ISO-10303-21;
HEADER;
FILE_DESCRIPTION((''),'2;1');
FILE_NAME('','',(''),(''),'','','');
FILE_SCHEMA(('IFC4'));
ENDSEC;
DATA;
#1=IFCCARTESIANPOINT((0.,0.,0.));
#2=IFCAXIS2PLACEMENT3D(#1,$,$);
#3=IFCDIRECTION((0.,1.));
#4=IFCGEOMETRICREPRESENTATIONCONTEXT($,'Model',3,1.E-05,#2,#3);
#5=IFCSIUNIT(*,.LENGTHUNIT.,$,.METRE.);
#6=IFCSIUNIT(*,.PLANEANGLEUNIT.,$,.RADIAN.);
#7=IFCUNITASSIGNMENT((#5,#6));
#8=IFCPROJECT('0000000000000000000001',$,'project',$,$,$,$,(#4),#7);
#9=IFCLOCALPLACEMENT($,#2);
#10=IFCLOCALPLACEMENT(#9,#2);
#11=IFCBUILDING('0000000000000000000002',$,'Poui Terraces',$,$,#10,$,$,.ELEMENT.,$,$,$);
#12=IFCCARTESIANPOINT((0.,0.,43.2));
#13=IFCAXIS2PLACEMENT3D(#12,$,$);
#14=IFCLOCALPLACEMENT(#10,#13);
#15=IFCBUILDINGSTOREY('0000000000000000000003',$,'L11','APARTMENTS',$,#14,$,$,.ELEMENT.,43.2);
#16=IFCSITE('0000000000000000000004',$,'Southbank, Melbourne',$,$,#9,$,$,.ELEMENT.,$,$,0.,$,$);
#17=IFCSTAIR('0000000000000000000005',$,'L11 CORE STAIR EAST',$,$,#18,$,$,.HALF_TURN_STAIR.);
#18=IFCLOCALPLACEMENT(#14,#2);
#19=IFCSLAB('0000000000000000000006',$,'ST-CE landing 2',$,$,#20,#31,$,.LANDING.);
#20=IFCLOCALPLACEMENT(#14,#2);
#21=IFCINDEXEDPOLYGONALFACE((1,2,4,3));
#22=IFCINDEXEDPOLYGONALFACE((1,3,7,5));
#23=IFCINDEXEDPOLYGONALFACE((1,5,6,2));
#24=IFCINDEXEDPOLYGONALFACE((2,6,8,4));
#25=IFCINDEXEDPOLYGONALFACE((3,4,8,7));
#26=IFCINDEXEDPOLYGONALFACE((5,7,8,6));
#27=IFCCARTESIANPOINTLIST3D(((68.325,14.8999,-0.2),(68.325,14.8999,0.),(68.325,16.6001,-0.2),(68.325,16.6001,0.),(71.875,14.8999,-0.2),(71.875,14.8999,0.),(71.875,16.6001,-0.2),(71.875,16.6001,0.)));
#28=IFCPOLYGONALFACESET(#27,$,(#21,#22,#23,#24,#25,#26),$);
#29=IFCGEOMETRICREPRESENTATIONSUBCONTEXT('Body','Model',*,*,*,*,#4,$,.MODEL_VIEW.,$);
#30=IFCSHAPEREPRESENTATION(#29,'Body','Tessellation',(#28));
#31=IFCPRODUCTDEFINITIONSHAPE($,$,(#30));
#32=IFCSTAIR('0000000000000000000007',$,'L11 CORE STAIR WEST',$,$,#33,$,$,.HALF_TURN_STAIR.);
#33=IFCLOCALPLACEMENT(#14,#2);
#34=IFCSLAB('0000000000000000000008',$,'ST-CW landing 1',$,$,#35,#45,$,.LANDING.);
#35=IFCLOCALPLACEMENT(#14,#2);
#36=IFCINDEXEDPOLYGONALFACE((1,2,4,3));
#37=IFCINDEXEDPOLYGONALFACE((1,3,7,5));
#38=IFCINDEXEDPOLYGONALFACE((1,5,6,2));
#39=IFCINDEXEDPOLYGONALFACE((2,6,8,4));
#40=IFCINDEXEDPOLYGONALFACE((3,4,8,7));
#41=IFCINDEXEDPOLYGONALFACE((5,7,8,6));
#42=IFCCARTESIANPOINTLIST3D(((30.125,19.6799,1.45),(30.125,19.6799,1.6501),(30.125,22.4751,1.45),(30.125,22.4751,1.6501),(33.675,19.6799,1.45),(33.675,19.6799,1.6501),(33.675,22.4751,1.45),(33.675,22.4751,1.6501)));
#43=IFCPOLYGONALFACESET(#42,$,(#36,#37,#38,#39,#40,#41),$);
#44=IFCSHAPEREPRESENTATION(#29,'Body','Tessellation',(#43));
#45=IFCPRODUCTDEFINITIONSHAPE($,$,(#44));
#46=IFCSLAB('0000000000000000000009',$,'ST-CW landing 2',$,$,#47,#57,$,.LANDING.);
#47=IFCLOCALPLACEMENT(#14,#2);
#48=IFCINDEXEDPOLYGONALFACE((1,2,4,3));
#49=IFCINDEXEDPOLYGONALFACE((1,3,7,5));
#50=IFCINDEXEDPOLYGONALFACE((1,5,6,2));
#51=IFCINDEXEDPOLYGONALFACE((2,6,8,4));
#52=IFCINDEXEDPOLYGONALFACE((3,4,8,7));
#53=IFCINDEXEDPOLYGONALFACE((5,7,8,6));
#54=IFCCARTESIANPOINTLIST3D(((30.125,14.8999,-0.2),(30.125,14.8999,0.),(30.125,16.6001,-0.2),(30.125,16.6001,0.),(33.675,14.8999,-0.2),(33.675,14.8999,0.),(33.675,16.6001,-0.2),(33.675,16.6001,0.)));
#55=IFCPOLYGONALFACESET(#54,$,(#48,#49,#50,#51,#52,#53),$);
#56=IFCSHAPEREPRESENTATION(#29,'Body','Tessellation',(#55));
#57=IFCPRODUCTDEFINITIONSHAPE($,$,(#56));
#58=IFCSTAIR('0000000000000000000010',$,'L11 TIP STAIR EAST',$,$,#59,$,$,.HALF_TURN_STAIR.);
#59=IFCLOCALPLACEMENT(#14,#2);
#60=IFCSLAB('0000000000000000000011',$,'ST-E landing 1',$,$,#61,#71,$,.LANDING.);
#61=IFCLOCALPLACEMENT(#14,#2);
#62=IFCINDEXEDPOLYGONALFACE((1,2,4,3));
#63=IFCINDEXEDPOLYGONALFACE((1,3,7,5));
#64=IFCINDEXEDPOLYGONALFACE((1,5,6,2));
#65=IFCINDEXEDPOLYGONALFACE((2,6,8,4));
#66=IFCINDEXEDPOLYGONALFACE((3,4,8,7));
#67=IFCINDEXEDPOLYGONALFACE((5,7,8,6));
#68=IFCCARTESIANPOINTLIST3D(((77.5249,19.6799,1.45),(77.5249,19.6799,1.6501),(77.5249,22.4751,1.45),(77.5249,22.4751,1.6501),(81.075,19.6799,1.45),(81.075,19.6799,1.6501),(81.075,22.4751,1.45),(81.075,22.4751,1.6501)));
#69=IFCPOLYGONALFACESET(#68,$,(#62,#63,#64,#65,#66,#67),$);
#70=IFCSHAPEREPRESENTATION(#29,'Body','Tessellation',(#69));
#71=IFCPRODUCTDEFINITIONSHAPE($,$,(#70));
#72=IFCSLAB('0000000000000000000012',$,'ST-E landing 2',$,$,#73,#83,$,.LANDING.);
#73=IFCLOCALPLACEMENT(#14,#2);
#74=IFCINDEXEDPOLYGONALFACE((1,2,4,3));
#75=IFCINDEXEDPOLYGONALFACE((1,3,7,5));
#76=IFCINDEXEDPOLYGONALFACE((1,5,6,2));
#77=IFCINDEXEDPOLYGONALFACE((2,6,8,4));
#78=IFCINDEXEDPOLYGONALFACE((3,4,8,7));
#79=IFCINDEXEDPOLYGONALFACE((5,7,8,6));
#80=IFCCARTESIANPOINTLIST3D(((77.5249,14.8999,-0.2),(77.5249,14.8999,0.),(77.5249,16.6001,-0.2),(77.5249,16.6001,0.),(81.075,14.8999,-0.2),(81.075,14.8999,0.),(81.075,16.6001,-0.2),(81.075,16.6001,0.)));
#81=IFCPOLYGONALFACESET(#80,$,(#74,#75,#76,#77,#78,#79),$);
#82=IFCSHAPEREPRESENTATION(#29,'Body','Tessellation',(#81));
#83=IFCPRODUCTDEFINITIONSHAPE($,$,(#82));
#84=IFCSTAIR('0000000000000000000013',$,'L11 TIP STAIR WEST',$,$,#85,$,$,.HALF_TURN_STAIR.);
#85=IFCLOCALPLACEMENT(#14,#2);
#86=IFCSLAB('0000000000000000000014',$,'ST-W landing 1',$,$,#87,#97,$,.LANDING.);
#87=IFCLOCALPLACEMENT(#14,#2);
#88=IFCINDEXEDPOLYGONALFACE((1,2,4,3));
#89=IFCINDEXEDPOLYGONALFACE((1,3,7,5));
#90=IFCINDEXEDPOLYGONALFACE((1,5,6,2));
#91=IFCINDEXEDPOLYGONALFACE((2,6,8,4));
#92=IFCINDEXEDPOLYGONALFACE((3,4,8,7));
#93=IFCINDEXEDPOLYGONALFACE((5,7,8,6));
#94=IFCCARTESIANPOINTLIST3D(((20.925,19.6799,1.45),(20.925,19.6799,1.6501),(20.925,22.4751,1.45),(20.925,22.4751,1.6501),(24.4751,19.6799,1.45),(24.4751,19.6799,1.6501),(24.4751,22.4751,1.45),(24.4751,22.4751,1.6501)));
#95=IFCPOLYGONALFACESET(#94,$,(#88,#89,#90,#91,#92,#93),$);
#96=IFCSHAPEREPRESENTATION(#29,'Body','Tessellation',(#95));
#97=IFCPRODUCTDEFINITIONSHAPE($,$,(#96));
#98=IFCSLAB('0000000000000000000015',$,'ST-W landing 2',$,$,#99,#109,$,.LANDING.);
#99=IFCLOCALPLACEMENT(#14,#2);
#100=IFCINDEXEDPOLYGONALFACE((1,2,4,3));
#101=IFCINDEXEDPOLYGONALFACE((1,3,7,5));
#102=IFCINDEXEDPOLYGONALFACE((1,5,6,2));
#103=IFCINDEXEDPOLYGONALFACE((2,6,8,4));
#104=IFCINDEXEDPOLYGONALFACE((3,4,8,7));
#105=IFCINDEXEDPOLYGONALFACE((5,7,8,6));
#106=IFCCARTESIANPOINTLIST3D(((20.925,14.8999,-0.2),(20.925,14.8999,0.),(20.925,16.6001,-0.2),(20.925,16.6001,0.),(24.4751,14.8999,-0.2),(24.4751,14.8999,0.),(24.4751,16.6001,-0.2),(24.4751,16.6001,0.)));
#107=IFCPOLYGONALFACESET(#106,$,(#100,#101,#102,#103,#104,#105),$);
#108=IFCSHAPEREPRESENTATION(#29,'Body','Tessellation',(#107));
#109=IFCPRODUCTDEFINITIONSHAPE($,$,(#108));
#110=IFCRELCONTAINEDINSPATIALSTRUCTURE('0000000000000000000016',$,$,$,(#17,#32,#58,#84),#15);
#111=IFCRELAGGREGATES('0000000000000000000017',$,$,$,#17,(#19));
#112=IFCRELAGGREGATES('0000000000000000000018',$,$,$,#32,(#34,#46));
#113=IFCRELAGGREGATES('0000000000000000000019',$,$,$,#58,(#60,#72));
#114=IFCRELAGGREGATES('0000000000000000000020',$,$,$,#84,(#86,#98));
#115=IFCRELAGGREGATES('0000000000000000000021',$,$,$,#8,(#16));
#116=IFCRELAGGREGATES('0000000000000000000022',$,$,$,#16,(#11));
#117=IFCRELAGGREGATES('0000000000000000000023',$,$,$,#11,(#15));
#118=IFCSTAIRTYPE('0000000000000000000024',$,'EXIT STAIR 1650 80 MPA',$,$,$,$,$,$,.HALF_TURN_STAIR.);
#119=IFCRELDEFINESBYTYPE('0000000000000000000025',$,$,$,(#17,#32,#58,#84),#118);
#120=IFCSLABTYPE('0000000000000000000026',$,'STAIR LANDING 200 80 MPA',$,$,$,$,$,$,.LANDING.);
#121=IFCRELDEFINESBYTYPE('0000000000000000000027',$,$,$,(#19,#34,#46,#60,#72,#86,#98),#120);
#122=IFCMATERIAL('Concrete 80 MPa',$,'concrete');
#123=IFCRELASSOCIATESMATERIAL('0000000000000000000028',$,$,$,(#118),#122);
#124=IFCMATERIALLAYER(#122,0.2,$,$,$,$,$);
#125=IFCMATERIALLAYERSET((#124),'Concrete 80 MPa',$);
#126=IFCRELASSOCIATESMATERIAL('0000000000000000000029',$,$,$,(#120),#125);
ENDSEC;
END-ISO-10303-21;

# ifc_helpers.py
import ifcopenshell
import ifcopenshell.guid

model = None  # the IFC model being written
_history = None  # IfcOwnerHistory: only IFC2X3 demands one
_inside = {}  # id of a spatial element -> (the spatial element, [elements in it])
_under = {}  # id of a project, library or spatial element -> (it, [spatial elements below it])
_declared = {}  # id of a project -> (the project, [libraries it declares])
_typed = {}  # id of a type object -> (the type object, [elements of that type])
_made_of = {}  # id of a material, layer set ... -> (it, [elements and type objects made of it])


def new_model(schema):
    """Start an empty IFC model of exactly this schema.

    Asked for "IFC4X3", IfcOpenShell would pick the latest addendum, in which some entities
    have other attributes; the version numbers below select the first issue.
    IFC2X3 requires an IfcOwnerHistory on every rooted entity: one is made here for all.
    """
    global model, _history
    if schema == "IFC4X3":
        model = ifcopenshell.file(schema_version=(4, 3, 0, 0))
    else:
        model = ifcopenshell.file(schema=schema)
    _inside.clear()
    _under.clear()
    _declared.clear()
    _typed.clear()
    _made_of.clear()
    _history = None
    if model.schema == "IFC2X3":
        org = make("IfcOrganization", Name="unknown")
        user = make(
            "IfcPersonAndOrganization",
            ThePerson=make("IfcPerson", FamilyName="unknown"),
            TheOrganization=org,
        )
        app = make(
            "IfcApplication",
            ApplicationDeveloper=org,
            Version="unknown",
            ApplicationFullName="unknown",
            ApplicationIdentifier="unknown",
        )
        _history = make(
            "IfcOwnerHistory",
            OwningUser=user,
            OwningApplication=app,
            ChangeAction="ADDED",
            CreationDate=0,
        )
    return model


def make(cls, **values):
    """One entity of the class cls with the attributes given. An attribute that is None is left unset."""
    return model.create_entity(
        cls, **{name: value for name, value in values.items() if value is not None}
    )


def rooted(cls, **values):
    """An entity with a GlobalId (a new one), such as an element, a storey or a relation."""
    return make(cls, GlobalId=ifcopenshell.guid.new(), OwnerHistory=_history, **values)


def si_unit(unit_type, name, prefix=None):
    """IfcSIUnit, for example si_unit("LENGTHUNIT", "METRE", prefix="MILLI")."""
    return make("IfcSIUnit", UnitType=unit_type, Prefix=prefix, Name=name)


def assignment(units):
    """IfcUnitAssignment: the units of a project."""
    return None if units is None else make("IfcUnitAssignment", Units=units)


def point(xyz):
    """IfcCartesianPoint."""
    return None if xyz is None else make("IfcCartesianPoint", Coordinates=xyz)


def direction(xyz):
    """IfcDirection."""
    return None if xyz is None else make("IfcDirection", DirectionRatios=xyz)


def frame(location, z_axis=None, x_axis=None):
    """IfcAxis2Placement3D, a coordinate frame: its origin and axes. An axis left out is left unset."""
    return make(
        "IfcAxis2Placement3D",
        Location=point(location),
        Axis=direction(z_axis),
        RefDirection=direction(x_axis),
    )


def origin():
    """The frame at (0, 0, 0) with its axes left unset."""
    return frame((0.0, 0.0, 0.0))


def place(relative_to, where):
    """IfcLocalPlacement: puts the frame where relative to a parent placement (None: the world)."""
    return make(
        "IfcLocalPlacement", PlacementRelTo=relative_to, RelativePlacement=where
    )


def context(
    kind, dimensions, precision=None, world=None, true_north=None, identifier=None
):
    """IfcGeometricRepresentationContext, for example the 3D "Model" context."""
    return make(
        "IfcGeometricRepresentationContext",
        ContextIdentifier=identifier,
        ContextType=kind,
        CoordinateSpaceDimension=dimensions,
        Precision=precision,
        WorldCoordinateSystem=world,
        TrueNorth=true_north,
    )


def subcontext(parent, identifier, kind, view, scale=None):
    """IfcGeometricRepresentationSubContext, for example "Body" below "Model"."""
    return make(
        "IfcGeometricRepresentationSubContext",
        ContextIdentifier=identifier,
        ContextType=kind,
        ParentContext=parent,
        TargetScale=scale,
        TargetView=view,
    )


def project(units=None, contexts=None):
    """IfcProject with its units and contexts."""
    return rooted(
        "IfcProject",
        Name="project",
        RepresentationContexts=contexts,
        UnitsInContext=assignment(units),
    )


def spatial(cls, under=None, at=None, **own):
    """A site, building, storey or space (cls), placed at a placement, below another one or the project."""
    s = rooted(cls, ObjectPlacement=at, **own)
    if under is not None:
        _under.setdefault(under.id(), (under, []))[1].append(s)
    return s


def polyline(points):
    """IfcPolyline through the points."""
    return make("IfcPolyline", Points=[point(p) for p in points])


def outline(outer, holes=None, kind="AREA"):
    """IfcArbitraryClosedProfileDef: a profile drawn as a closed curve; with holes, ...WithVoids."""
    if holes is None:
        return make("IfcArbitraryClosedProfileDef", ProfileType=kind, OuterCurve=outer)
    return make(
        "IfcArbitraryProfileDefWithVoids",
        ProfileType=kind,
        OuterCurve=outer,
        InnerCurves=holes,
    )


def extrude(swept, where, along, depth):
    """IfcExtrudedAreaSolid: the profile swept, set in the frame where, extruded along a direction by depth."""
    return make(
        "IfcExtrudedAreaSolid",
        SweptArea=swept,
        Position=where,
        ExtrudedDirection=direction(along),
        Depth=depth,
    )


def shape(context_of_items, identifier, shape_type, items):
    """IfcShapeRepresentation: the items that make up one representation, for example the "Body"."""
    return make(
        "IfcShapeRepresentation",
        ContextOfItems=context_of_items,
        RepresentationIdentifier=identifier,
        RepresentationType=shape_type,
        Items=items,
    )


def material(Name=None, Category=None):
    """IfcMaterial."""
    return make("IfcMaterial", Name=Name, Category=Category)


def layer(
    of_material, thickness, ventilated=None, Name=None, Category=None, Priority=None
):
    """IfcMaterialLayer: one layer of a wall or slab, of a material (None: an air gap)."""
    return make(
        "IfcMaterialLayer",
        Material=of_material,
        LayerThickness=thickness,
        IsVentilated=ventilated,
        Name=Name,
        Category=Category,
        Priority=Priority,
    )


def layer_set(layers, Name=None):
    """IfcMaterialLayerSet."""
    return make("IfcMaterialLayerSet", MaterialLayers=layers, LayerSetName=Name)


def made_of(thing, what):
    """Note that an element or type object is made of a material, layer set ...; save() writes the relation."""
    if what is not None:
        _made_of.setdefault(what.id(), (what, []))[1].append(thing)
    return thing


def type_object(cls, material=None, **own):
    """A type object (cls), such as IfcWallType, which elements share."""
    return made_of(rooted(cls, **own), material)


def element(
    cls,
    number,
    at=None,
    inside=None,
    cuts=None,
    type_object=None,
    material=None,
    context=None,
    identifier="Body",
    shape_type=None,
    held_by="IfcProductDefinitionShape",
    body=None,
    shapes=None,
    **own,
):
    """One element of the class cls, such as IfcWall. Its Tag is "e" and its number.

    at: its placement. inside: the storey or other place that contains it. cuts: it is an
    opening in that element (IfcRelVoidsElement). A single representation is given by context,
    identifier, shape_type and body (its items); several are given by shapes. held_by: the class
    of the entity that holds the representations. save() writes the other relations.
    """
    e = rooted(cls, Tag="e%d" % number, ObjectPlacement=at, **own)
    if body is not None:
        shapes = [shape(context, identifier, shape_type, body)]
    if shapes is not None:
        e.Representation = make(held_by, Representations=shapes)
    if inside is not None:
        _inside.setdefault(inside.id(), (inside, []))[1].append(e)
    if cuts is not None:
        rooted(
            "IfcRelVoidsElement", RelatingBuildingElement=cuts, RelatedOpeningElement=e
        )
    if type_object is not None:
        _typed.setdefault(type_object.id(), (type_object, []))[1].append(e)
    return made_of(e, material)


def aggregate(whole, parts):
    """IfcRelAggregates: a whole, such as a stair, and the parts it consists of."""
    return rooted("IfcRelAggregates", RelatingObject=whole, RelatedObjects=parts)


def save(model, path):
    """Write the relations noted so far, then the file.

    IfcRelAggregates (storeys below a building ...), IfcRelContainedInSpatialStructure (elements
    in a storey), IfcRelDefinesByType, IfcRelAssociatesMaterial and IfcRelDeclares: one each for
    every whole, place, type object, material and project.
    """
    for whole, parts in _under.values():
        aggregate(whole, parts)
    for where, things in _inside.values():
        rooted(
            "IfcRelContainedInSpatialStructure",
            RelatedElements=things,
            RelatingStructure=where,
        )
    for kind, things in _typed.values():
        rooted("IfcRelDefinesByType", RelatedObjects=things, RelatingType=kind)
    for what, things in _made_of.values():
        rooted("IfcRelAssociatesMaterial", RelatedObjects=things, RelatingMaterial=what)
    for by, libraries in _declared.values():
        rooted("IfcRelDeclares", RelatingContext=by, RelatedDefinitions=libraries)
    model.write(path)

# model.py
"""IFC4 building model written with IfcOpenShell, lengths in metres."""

from ifc_helpers import new_model, si_unit, direction, frame, origin, place, context, subcontext, project, spatial, polyline, outline, extrude, material, layer, layer_set, type_object, element, aggregate, save


model = new_model("IFC4")

# Units and contexts
model_context = context("Model", 3, precision=1e-05, world=origin(), true_north=direction((0.0, 1.0)))
body_context = subcontext(model_context, "Body", "Model", "MODEL_VIEW")
ifc_project = project(units=[si_unit("LENGTHUNIT", "METRE"), si_unit("PLANEANGLEUNIT", "RADIAN")], contexts=[model_context])

# Site, building, storey
site_placement = place(None, origin())
site = spatial("IfcSite", under=ifc_project, at=site_placement, Name="Southbank, Melbourne", CompositionType="ELEMENT", RefElevation=0.0)
building_placement = place(site_placement, origin())
building = spatial("IfcBuilding", under=site, at=building_placement, Name="Poui Terraces", CompositionType="ELEMENT")
storey_placement = place(building_placement, frame((0.0, 0.0, 43.2)))
storey = spatial("IfcBuildingStorey", under=building, at=storey_placement, Name="L11", Description="APARTMENTS", CompositionType="ELEMENT", Elevation=43.2)

# Stair, slab
ifc_material_1 = material(Name="Concrete 80 MPa", Category="concrete")
stair_type = type_object("IfcStairType", Name="EXIT STAIR 1650 80 MPA", PredefinedType="HALF_TURN_STAIR", material=ifc_material_1)
stair_1_placement = place(storey_placement, origin())
stair_1 = element("IfcStair", 1, at=stair_1_placement, inside=storey, type_object=stair_type, Name="L11 CORE STAIR EAST", PredefinedType="HALF_TURN_STAIR")
ifc_layer_1 = layer(ifc_material_1, 0.2)
ifc_layer_set_1 = layer_set([ifc_layer_1], Name="Concrete 80 MPa")
slab_type_1 = type_object("IfcSlabType", Name="STAIR LANDING 200 80 MPA", PredefinedType="LANDING", material=ifc_layer_set_1)
slab_1_placement = place(storey_placement, frame((0.0, 0.0, -0.2)))
slab_1 = element("IfcSlab", 2, at=slab_1_placement, type_object=slab_type_1, Name="ST-CE landing 2", PredefinedType="LANDING", context=body_context, shape_type="SweptSolid", body=[
    extrude(outline(polyline([(68.325, 14.8999), (71.875, 14.8999), (71.875, 16.6001), (68.325, 16.6001), (68.325, 14.8999)])), origin(), (0.0, 0.0, 1.0), 0.2),
])
aggregate(stair_1, [slab_1])

# Stairs, slabs
stair_2_placement = place(storey_placement, origin())
stair_2 = element("IfcStair", 3, at=stair_2_placement, inside=storey, type_object=stair_type, Name="L11 CORE STAIR WEST", PredefinedType="HALF_TURN_STAIR")
slab_2_placement = place(storey_placement, frame((0.0, 0.0, 1.45)))
slab_2 = element("IfcSlab", 4, at=slab_2_placement, type_object=slab_type_1, Name="ST-CW landing 1", PredefinedType="LANDING", context=body_context, shape_type="SweptSolid", body=[
    extrude(outline(polyline([(30.125, 19.6799), (33.675, 19.6799), (33.675, 22.4751), (30.125, 22.4751), (30.125, 19.6799)])), origin(), (0.0, 0.0, 1.0), 0.2002),
])
slab_3_placement = place(storey_placement, frame((0.0, 0.0, -0.2)))
slab_3 = element("IfcSlab", 5, at=slab_3_placement, type_object=slab_type_1, Name="ST-CW landing 2", PredefinedType="LANDING", context=body_context, shape_type="SweptSolid", body=[
    extrude(outline(polyline([(30.125, 14.8999), (33.675, 14.8999), (33.675, 16.6001), (30.125, 16.6001), (30.125, 14.8999)])), origin(), (0.0, 0.0, 1.0), 0.2),
])
aggregate(stair_2, [slab_2, slab_3])
stair_3_placement = place(storey_placement, origin())
stair_3 = element("IfcStair", 6, at=stair_3_placement, inside=storey, type_object=stair_type, Name="L11 TIP STAIR EAST", PredefinedType="HALF_TURN_STAIR")
slab_4_placement = place(storey_placement, frame((0.0, 0.0, 1.45)))
slab_4 = element("IfcSlab", 7, at=slab_4_placement, type_object=slab_type_1, Name="ST-E landing 1", PredefinedType="LANDING", context=body_context, shape_type="SweptSolid", body=[
    extrude(outline(polyline([(77.5249, 19.6799), (81.075, 19.6799), (81.075, 22.4751), (77.5249, 22.4751), (77.5249, 19.6799)])), origin(), (0.0, 0.0, 1.0), 0.2002),
])
slab_5_placement = place(storey_placement, frame((0.0, 0.0, -0.2)))
slab_5 = element("IfcSlab", 8, at=slab_5_placement, type_object=slab_type_1, Name="ST-E landing 2", PredefinedType="LANDING", context=body_context, shape_type="SweptSolid", body=[
    extrude(outline(polyline([(77.5249, 14.8999), (81.075, 14.8999), (81.075, 16.6001), (77.5249, 16.6001), (77.5249, 14.8999)])), origin(), (0.0, 0.0, 1.0), 0.2),
])
aggregate(stair_3, [slab_4, slab_5])
stair_4_placement = place(storey_placement, origin())
stair_4 = element("IfcStair", 9, at=stair_4_placement, inside=storey, type_object=stair_type, Name="L11 TIP STAIR WEST", PredefinedType="HALF_TURN_STAIR")
slab_6_placement = place(storey_placement, frame((0.0, 0.0, 1.45)))
slab_6 = element("IfcSlab", 10, at=slab_6_placement, type_object=slab_type_1, Name="ST-W landing 1", PredefinedType="LANDING", context=body_context, shape_type="SweptSolid", body=[
    extrude(outline(polyline([(20.925, 19.6799), (24.4751, 19.6799), (24.4751, 22.4751), (20.925, 22.4751), (20.925, 19.6799)])), origin(), (0.0, 0.0, 1.0), 0.2002),
])
slab_7_placement = place(storey_placement, frame((0.0, 0.0, -0.2)))
slab_7 = element("IfcSlab", 11, at=slab_7_placement, type_object=slab_type_1, Name="ST-W landing 2", PredefinedType="LANDING", context=body_context, shape_type="SweptSolid", body=[
    extrude(outline(polyline([(20.925, 14.8999), (24.4751, 14.8999), (24.4751, 16.6001), (20.925, 16.6001), (20.925, 14.8999)])), origin(), (0.0, 0.0, 1.0), 0.2),
])
aggregate(stair_4, [slab_6, slab_7])

save(model, "model.ifc")
